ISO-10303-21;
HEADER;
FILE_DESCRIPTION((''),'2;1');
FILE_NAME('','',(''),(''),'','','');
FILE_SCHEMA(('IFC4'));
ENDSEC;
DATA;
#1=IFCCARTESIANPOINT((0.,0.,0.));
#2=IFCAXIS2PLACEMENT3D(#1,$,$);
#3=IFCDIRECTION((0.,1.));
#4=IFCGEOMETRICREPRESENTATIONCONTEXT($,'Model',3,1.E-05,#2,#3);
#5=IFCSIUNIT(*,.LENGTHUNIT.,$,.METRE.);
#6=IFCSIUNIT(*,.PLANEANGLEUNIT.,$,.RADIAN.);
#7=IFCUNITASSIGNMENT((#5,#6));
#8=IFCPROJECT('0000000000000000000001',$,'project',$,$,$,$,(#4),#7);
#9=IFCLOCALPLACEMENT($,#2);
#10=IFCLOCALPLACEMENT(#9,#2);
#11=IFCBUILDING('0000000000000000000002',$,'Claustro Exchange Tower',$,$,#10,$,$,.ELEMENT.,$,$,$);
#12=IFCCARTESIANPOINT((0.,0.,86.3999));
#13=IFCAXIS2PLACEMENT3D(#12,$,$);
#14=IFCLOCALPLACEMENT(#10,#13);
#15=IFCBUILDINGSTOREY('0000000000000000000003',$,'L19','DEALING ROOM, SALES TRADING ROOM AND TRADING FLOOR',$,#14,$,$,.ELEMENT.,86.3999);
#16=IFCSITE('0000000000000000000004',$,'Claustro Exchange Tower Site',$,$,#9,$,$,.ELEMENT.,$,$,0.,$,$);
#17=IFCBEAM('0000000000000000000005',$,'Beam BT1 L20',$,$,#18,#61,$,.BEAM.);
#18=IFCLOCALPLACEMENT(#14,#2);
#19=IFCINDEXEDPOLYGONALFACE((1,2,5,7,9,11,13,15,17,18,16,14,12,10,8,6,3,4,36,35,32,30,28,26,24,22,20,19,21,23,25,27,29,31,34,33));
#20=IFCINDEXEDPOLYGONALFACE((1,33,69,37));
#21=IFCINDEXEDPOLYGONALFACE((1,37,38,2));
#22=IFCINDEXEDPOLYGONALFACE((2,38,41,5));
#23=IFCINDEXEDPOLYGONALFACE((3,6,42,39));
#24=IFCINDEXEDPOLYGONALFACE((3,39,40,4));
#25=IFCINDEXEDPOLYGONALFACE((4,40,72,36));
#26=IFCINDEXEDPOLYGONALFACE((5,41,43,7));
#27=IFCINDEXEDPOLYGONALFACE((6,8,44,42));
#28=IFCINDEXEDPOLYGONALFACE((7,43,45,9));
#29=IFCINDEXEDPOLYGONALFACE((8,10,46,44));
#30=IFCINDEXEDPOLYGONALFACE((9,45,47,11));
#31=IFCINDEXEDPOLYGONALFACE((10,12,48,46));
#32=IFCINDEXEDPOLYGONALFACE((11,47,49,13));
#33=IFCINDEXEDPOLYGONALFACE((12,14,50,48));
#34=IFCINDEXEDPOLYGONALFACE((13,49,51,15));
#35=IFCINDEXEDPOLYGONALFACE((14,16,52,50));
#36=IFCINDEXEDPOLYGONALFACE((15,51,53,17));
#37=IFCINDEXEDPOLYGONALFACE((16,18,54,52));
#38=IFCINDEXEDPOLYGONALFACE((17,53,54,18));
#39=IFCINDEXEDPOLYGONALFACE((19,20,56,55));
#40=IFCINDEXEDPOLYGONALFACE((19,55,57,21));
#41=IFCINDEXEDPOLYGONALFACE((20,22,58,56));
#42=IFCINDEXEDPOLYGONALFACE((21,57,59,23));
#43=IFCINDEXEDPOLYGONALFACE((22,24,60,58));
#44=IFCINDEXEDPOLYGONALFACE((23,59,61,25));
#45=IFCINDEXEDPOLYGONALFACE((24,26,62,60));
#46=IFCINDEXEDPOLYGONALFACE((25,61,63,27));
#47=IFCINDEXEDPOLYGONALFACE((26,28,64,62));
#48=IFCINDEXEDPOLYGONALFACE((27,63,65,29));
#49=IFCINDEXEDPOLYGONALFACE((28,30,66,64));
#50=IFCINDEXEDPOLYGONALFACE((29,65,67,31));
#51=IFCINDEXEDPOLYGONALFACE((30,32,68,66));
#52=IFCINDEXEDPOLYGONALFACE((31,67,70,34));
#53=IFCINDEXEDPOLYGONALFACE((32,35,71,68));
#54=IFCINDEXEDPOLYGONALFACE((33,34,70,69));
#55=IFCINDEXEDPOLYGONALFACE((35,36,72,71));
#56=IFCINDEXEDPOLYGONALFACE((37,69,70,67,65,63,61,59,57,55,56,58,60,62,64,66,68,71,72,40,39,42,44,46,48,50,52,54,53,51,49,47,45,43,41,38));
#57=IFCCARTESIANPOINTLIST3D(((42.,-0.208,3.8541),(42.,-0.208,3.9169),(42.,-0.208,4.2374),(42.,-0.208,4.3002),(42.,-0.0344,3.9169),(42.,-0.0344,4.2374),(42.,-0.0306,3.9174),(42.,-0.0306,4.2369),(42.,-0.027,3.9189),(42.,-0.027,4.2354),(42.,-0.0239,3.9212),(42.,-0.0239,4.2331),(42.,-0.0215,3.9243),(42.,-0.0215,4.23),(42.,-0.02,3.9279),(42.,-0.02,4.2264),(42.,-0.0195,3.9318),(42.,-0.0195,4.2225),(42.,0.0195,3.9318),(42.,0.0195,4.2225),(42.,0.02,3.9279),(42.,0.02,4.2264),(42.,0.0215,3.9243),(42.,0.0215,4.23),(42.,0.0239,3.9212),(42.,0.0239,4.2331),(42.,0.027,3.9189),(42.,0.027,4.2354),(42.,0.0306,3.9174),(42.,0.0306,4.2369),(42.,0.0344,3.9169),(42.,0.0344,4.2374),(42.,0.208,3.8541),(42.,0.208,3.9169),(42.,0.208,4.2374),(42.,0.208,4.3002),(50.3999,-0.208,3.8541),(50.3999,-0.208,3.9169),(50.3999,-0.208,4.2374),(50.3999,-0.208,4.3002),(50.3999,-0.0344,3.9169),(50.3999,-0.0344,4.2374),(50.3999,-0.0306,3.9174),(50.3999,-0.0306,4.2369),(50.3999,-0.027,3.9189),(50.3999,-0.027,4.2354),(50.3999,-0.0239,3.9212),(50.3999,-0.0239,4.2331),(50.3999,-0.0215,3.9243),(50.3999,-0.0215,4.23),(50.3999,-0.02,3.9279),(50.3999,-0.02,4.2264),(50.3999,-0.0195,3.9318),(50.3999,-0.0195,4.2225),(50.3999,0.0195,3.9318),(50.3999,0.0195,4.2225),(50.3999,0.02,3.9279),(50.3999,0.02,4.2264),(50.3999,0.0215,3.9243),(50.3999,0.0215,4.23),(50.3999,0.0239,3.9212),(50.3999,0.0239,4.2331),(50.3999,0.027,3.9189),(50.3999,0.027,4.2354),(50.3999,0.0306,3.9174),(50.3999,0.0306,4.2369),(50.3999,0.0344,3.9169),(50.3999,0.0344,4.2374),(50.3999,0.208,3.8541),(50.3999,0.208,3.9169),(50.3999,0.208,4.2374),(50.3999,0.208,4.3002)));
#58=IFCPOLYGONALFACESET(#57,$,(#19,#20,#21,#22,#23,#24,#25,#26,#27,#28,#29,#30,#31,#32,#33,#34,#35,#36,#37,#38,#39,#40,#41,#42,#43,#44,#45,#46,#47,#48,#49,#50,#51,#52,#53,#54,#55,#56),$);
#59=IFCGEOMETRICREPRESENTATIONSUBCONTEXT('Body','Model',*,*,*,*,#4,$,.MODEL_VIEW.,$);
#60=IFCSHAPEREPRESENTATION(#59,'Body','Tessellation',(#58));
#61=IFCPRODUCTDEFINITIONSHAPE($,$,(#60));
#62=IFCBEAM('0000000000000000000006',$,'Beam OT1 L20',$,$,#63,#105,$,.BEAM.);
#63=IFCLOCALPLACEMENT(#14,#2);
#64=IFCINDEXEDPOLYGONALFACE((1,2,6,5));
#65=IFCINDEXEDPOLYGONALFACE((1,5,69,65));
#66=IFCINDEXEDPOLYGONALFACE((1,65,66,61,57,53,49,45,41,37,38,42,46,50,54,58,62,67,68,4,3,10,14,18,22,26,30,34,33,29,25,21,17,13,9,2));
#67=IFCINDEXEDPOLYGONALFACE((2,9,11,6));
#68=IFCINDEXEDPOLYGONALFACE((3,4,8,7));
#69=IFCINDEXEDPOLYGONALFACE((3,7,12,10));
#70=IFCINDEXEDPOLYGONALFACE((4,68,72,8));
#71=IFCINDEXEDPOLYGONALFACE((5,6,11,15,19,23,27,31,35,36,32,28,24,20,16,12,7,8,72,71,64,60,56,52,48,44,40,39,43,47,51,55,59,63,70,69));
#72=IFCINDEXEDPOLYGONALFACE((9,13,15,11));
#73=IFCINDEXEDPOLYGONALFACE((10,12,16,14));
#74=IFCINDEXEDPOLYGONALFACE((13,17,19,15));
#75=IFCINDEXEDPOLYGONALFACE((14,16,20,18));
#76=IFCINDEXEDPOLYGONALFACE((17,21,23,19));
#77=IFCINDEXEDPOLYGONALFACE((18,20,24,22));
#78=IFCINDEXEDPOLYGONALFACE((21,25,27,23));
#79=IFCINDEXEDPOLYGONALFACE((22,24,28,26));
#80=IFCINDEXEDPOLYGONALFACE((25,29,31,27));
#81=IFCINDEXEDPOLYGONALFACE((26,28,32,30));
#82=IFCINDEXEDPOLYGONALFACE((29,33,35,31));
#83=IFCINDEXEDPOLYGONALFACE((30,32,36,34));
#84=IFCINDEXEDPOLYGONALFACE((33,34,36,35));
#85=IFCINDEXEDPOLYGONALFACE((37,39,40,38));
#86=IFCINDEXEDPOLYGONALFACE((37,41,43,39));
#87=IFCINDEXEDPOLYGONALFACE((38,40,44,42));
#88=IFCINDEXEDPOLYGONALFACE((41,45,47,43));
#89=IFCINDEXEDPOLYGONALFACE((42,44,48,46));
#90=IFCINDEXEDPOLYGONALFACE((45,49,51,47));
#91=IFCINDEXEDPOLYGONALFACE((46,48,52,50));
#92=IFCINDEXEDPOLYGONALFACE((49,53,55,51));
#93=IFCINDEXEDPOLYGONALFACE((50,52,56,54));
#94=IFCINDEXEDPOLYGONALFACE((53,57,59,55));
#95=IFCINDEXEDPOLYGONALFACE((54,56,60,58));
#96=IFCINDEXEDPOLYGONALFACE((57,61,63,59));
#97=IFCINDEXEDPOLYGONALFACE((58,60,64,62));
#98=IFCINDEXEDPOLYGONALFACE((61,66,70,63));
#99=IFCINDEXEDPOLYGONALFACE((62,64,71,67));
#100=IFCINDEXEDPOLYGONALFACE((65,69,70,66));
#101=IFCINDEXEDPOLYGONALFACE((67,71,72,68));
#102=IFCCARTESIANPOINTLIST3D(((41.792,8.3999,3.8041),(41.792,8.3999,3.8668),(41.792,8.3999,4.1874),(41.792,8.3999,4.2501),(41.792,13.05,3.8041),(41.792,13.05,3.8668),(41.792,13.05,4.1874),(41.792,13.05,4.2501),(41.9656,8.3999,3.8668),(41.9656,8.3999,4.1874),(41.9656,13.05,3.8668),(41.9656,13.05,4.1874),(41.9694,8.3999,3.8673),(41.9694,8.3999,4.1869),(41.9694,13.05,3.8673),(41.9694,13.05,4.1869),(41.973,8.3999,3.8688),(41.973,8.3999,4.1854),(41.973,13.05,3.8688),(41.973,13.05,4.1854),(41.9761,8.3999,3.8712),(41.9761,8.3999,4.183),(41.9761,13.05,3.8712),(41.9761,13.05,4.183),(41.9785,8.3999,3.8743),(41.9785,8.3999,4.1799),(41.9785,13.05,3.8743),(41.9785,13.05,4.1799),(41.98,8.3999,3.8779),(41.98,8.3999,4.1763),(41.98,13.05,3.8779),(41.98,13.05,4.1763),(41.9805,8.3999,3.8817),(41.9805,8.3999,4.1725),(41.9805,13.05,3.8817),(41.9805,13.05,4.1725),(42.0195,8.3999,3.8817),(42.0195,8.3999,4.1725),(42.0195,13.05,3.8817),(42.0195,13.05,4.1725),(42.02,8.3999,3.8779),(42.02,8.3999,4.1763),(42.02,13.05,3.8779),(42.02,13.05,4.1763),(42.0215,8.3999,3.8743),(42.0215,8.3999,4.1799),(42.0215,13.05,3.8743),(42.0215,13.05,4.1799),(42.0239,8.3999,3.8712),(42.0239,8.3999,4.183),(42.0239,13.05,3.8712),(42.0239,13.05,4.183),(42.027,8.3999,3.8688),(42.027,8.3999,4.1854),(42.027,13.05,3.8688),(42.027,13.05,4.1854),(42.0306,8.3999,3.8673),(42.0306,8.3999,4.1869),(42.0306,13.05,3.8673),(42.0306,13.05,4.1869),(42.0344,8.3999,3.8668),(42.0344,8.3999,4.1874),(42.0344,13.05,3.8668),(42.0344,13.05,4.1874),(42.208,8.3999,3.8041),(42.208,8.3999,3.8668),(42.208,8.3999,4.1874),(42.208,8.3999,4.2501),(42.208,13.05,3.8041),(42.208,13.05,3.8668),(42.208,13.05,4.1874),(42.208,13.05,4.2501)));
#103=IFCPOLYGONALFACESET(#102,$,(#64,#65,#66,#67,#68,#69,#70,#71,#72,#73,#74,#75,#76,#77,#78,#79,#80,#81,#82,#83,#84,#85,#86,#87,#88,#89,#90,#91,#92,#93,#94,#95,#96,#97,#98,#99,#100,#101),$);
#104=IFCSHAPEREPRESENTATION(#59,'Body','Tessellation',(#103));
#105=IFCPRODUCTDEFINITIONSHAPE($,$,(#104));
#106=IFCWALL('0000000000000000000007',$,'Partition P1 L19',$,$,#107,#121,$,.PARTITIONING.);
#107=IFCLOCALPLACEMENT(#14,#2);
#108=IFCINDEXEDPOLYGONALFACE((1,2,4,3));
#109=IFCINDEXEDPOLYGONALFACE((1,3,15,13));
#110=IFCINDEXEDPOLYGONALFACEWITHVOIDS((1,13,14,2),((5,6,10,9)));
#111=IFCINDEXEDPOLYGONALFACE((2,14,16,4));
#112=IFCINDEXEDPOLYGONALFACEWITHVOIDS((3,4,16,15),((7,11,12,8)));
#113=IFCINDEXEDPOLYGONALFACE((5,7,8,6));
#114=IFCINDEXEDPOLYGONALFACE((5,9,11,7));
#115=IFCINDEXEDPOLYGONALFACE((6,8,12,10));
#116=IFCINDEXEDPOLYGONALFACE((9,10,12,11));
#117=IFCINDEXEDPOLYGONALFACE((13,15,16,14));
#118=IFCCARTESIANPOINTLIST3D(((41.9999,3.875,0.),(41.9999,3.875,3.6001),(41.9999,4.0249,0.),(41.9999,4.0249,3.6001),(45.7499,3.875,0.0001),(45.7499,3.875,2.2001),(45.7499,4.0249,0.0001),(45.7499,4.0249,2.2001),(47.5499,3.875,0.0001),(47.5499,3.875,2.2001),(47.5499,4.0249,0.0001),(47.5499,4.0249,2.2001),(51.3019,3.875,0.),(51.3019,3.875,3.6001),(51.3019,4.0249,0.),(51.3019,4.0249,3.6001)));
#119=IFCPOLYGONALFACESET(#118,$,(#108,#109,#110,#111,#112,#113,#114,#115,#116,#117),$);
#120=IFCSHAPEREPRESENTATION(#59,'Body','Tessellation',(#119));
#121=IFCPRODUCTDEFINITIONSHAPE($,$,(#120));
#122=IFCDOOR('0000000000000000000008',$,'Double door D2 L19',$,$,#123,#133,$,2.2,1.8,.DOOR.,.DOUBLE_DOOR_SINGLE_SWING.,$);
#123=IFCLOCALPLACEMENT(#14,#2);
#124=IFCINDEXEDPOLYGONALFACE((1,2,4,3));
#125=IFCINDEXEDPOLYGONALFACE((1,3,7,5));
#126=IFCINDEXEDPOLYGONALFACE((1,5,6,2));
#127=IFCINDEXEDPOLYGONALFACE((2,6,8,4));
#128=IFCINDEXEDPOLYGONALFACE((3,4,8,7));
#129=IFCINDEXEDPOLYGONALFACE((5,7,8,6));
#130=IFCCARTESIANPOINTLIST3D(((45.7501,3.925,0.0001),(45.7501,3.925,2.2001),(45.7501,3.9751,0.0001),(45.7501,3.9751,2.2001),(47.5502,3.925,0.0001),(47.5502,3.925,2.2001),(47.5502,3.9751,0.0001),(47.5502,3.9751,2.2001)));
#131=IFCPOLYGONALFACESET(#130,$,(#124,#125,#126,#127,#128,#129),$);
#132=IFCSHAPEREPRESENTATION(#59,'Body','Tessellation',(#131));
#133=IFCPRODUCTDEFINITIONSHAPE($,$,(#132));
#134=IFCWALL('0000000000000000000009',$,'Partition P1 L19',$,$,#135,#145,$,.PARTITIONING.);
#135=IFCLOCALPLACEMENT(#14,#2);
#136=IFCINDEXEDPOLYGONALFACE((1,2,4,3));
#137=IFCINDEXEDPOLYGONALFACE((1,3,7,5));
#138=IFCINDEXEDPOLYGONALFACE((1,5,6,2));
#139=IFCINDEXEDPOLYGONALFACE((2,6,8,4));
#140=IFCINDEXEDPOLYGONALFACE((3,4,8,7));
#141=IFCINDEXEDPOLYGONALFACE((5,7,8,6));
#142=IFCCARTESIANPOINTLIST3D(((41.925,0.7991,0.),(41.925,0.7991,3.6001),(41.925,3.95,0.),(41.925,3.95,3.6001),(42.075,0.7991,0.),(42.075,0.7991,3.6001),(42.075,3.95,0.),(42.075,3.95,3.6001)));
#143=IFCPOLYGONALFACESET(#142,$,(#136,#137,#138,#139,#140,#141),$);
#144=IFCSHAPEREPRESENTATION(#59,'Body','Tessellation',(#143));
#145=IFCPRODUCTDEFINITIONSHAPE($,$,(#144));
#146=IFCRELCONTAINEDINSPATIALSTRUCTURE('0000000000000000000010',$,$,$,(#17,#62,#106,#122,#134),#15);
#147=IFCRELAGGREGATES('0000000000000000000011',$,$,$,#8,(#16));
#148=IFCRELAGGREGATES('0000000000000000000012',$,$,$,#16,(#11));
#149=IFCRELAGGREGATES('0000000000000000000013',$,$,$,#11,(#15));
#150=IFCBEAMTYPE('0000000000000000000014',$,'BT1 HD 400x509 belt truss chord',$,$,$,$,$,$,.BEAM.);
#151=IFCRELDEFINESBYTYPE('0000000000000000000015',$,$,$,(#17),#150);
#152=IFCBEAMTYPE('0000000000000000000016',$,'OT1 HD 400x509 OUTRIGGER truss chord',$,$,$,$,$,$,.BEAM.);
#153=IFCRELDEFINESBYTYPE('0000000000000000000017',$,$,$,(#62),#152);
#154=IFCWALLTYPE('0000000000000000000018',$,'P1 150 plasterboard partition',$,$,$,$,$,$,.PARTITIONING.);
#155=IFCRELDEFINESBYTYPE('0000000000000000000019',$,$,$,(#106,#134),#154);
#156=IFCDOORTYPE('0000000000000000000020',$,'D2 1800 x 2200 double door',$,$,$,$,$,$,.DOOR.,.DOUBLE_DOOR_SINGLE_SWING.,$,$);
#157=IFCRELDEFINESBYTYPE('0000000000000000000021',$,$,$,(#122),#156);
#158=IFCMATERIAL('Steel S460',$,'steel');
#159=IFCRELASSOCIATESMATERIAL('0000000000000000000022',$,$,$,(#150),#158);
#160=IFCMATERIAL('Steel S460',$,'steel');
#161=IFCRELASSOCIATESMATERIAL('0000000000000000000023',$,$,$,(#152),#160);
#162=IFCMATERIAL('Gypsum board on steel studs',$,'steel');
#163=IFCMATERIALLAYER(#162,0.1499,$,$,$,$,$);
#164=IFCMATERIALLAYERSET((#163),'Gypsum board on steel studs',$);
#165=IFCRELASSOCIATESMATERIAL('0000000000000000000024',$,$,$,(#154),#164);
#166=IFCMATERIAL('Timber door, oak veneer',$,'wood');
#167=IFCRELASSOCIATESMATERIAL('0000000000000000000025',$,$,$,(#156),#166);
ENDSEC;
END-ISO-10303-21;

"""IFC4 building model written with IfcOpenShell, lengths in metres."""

from ifc_helpers import new_model, si_unit, direction, frame, frame_2d, origin, origin_2d, place, context, subcontext, project, spatial, rectangle, i_section, extrude, material, layer, layer_set, material_profile, profile_set, type_object, element, fill, save


model = new_model("IFC4")

# Units and contexts
model_context = context("Model", 3, precision=1e-05, world=origin(), true_north=direction((0.0, 1.0)))
body_context = subcontext(model_context, "Body", "Model", "MODEL_VIEW")
ifc_project = project(units=[si_unit("LENGTHUNIT", "METRE"), si_unit("PLANEANGLEUNIT", "RADIAN")], contexts=[model_context])

# Site, building, storey
site_placement = place(None, origin())
site = spatial("IfcSite", under=ifc_project, at=site_placement, Name="Claustro Exchange Tower Site", CompositionType="ELEMENT", RefElevation=0.0)
building_placement = place(site_placement, origin())
building = spatial("IfcBuilding", under=site, at=building_placement, Name="Claustro Exchange Tower", CompositionType="ELEMENT")
storey_placement = place(building_placement, frame((0.0, 0.0, 86.3999)))
storey = spatial("IfcBuildingStorey", under=building, at=storey_placement, Name="L19", Description="DEALING ROOM, SALES TRADING ROOM AND TRADING FLOOR", CompositionType="ELEMENT", Elevation=86.3999)

# Beams
ifc_material_1 = material(Name="Steel S460", Category="steel")
ifc_material_profile_1 = material_profile(ifc_material_1, i_section(OverallWidth=0.416, OverallDepth=0.446, WebThickness=0.0391, FlangeThickness=0.0627, FilletRadius=0.0149, at=origin_2d()), Name="HD 400x509")
ifc_profile_set_1 = profile_set([ifc_material_profile_1], Name="Steel S460")
beam_type_1 = type_object("IfcBeamType", Name="BT1 HD 400x509 belt truss chord", PredefinedType="BEAM", material=ifc_profile_set_1)
for number, where, z_axis, x_axis, name in (
    (1, (42.0, 0.0, 4.0771), (1.0, 0.0, 0.0), (0.0, 1.0, 0.0), "Beam BT1 L20"),
):
    element("IfcBeam", number, at=place(storey_placement, frame(where, z_axis=z_axis, x_axis=x_axis)), inside=storey, type_object=beam_type_1, Name=name, PredefinedType="BEAM", context=body_context, shape_type="SweptSolid", body=[
        extrude(i_section(OverallWidth=0.416, OverallDepth=0.446, WebThickness=0.0391, FlangeThickness=0.0627, FilletRadius=0.0149, at=origin_2d()), origin(), (0.0, 0.0, 1.0), 8.3999),
    ])
ifc_material_2 = material(Name="Steel S460", Category="steel")
ifc_material_profile_2 = material_profile(ifc_material_2, i_section(OverallWidth=0.416, OverallDepth=0.446, WebThickness=0.0391, FlangeThickness=0.0627, FilletRadius=0.0149, at=origin_2d()), Name="HD 400x509")
ifc_profile_set_2 = profile_set([ifc_material_profile_2], Name="Steel S460")
beam_type_2 = type_object("IfcBeamType", Name="OT1 HD 400x509 OUTRIGGER truss chord", PredefinedType="BEAM", material=ifc_profile_set_2)
beam_placement = place(storey_placement, frame((42.0, 8.3999, 4.0271), z_axis=(0.0, 1.0, 0.0), x_axis=(-1.0, 0.0, 0.0)))
element("IfcBeam", 2, at=beam_placement, inside=storey, type_object=beam_type_2, Name="Beam OT1 L20", PredefinedType="BEAM", context=body_context, shape_type="SweptSolid", body=[
    extrude(i_section(OverallWidth=0.416, OverallDepth=0.446, WebThickness=0.0391, FlangeThickness=0.0627, FilletRadius=0.0149, at=origin_2d()), origin(), (0.0, 0.0, 1.0), 4.6501),
])

# Wall, opening, door
ifc_material_3 = material(Name="Gypsum board on steel studs", Category="steel")
ifc_layer_1 = layer(ifc_material_3, 0.1499)
ifc_layer_set_1 = layer_set([ifc_layer_1], Name="Gypsum board on steel studs")
wall_type_1 = type_object("IfcWallType", Name="P1 150 plasterboard partition", PredefinedType="PARTITIONING", material=ifc_layer_set_1)
wall_1_placement = place(storey_placement, frame((42.0, 3.95, 0.0), z_axis=(0.0, 0.0, 1.0), x_axis=(1.0, 0.0, 0.0)))
wall_1 = element("IfcWall", 3, at=wall_1_placement, inside=storey, type_object=wall_type_1, Name="Partition P1 L19", PredefinedType="PARTITIONING", context=body_context, shape_type="SweptSolid", body=[
    extrude(rectangle(XDim=9.302, YDim=0.1499, at=frame_2d((4.6509, 0.0))), origin(), (0.0, 0.0, 1.0), 3.6001),
])
opening_1_placement = place(wall_1_placement, frame((3.75, 0.0, 0.0)))
opening_1 = element("IfcOpeningElement", 4, at=opening_1_placement, cuts=wall_1, PredefinedType="OPENING", context=body_context, shape_type="SweptSolid", body=[
    extrude(rectangle(XDim=1.8, YDim=2.2, at=frame_2d((0.8999, 1.1001))), frame((0.0, 0.085, 0.0), z_axis=(0.0, -1.0, 0.0), x_axis=(1.0, 0.0, 0.0)), (0.0, 0.0, 1.0), 0.1699),
])
ifc_material_4 = material(Name="Timber door, oak veneer", Category="wood")
door_type = type_object("IfcDoorType", Name="D2 1800 x 2200 double door", OperationType="DOUBLE_DOOR_SINGLE_SWING", PredefinedType="DOOR", material=ifc_material_4)
door_placement = place(opening_1_placement, frame((1.8, 0.0, 0.0), z_axis=(0.0, 0.0, 1.0), x_axis=(-1.0, 0.0, 0.0)))
door = element("IfcDoor", 5, at=door_placement, inside=storey, type_object=door_type, Name="Double door D2 L19", OperationType="DOUBLE_DOOR_SINGLE_SWING", OverallHeight=2.2, OverallWidth=1.8, PredefinedType="DOOR", context=body_context, shape_type="SweptSolid", body=[
    extrude(rectangle(XDim=1.8, YDim=2.2, at=frame_2d((0.8999, 1.1001))), frame((0.0, 0.0249, 0.0), z_axis=(0.0, -1.0, 0.0), x_axis=(1.0, 0.0, 0.0)), (0.0, 0.0, 1.0), 0.05),
])
fill(opening_1, door)

# Wall
wall_2_placement = place(storey_placement, frame((42.0, 0.7991, 0.0), z_axis=(0.0, 0.0, 1.0), x_axis=(0.0, 1.0, 0.0)))
element("IfcWall", 6, at=wall_2_placement, inside=storey, type_object=wall_type_1, Name="Partition P1 L19", PredefinedType="PARTITIONING", context=body_context, shape_type="SweptSolid", body=[
    extrude(rectangle(XDim=3.1509, YDim=0.1499, at=frame_2d((1.5754, 0.0))), origin(), (0.0, 0.0, 1.0), 3.6001),
])

save(model, "model.ifc")
